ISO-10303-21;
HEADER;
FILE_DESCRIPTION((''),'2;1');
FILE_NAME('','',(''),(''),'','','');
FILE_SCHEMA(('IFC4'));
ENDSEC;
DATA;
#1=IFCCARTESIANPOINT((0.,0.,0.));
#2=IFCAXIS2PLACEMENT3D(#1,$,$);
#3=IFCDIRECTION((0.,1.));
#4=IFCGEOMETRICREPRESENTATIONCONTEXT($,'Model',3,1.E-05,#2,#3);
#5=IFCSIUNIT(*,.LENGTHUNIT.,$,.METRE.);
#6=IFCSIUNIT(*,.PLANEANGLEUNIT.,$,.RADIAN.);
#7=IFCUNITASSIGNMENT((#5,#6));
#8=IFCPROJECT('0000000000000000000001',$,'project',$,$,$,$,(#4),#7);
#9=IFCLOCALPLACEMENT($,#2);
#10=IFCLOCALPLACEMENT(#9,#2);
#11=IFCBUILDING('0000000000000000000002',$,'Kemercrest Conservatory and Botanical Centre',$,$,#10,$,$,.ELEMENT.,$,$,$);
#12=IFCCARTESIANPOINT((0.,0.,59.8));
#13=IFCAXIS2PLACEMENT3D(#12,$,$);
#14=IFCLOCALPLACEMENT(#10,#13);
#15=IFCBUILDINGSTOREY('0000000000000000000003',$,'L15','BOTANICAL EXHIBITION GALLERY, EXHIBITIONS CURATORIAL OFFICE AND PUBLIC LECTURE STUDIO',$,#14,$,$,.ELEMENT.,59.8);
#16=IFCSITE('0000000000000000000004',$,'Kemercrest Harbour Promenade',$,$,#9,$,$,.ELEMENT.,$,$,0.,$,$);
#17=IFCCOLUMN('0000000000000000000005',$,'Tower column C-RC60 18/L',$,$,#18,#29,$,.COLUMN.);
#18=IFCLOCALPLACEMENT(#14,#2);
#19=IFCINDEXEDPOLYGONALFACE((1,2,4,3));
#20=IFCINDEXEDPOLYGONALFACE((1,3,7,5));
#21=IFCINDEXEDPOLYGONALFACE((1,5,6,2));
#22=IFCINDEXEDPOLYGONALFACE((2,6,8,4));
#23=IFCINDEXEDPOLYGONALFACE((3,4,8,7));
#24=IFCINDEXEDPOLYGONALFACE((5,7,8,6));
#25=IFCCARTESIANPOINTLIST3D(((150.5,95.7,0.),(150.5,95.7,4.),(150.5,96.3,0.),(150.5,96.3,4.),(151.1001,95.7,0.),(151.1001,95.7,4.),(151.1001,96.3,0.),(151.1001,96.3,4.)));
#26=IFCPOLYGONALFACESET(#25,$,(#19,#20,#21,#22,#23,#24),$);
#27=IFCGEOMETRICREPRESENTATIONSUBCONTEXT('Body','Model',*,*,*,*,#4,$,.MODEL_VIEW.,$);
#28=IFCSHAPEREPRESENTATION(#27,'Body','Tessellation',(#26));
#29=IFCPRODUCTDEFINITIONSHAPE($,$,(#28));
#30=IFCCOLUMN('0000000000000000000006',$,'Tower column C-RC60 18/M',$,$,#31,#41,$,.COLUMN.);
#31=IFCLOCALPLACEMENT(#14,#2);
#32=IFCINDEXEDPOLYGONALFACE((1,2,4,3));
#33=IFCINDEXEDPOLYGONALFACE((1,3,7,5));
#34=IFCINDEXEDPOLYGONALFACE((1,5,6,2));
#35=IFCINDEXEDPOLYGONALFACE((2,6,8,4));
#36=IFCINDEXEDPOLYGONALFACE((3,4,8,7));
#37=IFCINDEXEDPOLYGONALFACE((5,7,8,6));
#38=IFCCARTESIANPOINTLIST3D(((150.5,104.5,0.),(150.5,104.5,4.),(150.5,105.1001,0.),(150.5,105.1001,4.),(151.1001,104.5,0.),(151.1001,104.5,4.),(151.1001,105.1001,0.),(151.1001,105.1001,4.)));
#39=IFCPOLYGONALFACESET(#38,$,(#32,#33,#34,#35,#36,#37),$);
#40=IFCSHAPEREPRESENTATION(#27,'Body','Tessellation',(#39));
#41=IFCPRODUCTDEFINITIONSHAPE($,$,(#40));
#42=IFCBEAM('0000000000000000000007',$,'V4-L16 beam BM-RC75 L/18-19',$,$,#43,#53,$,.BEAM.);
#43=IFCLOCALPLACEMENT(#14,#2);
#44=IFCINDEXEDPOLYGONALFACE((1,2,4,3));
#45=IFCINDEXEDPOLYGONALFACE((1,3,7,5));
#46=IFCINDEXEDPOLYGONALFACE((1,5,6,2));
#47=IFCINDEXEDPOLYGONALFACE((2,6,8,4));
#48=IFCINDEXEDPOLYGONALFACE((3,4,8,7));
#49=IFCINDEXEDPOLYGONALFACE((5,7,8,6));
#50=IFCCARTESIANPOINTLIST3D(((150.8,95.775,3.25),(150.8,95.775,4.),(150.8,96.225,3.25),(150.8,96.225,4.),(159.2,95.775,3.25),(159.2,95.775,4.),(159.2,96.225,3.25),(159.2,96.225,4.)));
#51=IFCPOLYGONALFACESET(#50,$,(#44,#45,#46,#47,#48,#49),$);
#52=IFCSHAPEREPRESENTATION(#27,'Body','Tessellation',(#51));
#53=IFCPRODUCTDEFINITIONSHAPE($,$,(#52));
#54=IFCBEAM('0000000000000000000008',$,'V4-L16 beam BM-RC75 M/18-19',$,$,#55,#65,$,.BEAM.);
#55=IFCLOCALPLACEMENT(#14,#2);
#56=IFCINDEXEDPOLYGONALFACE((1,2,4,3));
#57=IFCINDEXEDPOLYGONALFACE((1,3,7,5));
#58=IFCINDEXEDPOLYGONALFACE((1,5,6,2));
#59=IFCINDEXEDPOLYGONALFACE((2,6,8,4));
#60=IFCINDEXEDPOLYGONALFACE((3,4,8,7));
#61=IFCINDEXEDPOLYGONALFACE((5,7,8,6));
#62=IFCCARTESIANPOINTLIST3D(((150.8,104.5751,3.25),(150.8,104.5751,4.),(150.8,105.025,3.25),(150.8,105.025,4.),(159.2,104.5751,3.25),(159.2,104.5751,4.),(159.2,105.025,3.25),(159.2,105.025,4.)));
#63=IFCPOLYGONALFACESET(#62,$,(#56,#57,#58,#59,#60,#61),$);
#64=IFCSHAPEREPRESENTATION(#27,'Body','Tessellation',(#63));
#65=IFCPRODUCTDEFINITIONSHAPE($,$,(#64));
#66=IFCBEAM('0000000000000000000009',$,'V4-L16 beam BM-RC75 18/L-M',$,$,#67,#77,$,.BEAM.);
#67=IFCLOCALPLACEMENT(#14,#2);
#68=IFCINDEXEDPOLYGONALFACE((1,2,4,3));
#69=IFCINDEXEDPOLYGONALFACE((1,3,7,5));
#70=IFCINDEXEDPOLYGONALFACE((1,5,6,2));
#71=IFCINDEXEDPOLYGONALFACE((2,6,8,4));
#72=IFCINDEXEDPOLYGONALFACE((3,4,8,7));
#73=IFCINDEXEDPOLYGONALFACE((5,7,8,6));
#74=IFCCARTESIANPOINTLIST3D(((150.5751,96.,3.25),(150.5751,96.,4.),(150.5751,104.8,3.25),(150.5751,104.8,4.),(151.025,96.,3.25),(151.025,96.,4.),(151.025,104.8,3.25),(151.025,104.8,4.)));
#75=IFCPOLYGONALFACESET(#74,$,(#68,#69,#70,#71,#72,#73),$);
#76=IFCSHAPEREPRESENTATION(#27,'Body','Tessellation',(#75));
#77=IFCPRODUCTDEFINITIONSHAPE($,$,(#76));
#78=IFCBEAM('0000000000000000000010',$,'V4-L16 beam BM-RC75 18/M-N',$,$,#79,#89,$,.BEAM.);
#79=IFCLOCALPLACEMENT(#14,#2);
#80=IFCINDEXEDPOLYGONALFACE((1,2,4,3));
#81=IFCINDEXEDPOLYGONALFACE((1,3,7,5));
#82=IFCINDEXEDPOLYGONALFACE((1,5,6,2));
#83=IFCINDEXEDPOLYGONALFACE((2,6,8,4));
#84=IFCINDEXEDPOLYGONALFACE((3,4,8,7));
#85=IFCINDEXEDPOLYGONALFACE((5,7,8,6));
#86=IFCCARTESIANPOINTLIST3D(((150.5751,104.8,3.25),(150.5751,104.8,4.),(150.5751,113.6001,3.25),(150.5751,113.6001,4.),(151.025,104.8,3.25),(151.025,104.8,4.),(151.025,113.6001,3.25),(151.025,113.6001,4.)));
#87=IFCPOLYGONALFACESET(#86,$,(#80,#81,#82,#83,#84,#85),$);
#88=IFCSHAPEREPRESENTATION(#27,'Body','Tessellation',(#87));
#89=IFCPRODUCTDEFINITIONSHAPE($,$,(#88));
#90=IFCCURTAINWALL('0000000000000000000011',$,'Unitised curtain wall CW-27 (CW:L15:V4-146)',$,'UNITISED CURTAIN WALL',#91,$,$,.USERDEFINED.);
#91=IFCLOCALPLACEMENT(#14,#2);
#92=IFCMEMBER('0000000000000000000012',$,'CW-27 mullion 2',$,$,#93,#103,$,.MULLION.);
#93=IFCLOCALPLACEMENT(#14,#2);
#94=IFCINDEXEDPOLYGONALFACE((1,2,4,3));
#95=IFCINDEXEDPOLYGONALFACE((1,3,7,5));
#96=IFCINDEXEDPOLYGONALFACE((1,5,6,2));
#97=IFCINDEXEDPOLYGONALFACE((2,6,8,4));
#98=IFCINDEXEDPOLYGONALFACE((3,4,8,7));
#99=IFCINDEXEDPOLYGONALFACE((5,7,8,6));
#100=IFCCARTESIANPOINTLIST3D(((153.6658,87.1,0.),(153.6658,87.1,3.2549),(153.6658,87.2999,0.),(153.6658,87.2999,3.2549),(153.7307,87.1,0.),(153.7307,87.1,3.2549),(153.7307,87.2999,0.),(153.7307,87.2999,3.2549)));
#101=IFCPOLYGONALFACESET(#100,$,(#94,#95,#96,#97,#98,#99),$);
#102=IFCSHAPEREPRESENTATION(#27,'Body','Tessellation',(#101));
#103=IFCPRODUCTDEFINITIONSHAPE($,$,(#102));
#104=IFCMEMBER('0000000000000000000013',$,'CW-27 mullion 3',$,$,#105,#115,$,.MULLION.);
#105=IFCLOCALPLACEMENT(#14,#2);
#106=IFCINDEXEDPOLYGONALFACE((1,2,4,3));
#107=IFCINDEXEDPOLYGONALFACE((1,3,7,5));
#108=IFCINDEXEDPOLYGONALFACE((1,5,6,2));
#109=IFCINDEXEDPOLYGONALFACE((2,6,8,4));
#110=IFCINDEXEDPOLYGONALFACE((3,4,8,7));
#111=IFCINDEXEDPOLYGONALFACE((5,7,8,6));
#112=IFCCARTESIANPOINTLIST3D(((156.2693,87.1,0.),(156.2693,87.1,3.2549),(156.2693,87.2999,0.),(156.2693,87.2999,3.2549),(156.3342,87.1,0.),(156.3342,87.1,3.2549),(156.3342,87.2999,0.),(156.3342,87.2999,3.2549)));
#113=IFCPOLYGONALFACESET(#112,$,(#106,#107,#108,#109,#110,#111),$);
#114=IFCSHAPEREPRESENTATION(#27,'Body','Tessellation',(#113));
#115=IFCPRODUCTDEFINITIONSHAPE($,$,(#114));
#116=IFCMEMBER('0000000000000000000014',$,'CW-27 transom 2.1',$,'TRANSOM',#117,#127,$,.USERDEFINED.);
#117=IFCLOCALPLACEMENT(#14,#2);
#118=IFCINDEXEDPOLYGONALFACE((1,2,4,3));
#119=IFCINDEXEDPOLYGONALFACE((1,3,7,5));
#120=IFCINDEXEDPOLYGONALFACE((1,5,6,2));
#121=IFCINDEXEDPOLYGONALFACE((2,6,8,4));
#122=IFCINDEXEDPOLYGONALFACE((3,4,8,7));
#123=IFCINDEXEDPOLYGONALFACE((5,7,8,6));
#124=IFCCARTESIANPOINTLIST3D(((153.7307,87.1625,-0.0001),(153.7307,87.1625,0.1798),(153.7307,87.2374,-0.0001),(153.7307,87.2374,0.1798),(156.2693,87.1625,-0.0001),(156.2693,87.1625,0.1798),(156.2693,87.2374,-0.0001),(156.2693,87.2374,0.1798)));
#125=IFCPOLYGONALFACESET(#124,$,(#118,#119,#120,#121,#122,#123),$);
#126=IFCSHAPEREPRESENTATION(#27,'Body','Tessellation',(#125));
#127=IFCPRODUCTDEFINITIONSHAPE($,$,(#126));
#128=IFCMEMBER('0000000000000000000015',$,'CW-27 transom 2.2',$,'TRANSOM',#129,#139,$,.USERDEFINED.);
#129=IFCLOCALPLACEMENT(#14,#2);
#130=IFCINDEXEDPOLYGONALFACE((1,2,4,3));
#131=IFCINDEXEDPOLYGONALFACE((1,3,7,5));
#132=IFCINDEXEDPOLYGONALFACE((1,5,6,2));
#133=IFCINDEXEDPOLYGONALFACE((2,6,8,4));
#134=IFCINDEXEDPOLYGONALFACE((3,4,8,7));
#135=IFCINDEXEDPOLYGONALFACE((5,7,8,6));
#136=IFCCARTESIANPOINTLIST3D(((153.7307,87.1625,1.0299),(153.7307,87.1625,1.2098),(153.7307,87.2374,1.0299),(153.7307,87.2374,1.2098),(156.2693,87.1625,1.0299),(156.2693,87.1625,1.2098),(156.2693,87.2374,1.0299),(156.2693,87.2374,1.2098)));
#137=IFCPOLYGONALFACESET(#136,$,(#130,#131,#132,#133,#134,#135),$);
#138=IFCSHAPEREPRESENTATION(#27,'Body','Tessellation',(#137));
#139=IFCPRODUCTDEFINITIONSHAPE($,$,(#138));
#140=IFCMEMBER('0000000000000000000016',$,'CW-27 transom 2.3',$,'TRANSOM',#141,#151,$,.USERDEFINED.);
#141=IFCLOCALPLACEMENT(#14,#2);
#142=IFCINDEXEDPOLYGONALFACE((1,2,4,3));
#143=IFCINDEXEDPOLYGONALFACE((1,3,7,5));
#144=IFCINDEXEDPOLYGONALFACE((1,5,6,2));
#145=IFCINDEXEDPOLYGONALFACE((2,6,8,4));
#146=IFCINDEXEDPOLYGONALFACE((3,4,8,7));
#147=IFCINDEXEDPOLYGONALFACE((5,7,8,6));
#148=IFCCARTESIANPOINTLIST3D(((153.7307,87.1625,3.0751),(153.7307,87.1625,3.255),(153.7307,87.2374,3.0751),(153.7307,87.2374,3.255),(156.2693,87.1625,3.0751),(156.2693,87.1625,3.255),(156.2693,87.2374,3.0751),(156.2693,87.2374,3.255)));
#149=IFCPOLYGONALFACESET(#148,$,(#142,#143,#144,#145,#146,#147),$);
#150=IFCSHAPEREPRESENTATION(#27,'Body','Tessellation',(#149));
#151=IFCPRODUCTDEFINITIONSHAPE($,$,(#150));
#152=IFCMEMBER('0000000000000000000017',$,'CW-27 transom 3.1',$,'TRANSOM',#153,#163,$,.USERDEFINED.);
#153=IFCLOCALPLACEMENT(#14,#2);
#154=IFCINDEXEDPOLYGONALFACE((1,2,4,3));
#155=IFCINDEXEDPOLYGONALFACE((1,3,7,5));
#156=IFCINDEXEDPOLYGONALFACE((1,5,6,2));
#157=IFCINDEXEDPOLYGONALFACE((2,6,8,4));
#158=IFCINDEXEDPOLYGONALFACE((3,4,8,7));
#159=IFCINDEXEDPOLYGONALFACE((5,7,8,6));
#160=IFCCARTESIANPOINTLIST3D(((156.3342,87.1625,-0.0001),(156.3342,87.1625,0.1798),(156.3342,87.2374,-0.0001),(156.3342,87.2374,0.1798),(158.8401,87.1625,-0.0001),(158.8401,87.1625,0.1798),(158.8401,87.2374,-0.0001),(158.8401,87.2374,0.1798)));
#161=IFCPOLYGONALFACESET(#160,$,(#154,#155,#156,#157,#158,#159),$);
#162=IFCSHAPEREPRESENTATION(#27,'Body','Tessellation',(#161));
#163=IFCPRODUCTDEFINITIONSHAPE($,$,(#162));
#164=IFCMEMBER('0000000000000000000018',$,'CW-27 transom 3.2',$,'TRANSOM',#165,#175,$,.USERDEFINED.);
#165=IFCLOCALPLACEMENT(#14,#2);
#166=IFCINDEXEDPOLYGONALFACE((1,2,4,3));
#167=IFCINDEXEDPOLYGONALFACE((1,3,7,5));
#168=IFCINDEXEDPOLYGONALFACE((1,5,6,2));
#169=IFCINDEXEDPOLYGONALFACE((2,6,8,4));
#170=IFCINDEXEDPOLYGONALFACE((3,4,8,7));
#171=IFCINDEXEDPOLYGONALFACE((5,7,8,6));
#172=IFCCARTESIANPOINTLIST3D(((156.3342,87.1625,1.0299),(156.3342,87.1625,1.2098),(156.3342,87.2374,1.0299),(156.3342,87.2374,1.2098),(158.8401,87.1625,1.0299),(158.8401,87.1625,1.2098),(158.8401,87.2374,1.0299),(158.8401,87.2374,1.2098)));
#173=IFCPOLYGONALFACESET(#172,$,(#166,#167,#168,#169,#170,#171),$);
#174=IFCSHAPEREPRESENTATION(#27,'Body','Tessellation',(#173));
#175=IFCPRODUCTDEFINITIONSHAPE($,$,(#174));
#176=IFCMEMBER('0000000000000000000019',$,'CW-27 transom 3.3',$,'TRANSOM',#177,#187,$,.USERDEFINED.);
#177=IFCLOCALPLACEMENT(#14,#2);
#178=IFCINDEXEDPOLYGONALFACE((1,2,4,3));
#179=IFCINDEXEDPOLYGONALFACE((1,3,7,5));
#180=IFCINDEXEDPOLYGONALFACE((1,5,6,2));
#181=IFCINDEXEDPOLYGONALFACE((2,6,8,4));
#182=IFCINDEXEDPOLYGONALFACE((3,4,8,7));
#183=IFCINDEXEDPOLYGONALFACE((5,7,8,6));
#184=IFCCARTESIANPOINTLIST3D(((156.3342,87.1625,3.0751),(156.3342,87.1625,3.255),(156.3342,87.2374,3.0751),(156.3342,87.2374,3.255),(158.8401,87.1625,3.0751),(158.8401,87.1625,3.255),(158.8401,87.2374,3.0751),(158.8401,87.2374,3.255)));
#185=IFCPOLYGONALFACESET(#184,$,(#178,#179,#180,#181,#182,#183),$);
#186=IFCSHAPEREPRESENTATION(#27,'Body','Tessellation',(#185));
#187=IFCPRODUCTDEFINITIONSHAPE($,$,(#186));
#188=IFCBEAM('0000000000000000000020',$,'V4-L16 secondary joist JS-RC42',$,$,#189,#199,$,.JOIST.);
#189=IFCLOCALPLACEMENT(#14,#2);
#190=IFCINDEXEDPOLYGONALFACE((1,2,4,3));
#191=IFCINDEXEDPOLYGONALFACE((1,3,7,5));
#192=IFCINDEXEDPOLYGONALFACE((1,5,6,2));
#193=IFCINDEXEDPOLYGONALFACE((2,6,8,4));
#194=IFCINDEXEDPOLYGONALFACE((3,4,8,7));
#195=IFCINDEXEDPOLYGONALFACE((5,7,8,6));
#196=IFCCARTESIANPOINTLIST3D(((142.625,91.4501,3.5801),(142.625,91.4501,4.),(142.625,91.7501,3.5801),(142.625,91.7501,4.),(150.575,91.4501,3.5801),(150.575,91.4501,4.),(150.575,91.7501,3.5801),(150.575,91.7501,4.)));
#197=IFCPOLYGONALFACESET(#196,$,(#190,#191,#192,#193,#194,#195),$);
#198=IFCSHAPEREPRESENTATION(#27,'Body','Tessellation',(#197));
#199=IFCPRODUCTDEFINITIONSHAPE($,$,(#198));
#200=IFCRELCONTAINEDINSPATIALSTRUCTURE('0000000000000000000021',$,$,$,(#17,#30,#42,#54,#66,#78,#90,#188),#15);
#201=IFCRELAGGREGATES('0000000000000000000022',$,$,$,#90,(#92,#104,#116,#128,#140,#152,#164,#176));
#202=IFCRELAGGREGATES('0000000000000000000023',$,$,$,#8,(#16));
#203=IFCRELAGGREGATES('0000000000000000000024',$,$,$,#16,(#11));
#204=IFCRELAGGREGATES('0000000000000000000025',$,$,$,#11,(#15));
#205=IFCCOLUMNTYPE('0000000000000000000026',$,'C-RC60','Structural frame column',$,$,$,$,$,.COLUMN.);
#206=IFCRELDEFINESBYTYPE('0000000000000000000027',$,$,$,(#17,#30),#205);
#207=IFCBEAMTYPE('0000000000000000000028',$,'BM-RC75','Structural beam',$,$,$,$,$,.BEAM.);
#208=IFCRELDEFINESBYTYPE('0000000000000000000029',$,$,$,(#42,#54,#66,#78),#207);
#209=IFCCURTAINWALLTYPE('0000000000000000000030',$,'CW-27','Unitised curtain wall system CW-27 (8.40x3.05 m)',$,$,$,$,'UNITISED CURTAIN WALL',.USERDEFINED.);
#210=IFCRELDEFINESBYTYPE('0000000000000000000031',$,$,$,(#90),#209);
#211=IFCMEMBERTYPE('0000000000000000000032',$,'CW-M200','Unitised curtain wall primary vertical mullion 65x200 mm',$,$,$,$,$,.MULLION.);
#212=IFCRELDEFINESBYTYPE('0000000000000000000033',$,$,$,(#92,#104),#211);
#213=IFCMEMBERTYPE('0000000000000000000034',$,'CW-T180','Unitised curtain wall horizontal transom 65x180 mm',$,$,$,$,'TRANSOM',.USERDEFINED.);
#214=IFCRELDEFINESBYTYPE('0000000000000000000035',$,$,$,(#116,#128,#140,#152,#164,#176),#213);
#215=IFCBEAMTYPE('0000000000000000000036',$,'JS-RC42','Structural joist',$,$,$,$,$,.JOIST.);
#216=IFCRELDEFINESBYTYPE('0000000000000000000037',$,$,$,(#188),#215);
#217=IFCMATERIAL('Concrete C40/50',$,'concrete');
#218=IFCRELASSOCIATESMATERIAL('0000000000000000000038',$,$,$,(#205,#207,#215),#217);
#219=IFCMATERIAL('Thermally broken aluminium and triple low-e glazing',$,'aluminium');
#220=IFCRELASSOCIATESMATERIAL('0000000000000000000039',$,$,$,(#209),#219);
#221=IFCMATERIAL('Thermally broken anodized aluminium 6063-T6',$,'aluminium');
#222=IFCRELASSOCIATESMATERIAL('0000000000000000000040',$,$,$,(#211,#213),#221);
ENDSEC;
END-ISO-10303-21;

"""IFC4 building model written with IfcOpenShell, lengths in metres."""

from ifc_helpers import new_model, si_unit, direction, frame, origin, origin_2d, place, context, subcontext, project, spatial, rectangle, extrude, material, material_profile, profile_set, type_object, element, aggregate, save


model = new_model("IFC4")

# Units and contexts
model_context = context("Model", 3, precision=1e-05, world=origin(), true_north=direction((0.0, 1.0)))
body_context = subcontext(model_context, "Body", "Model", "MODEL_VIEW")
ifc_project = project(units=[si_unit("LENGTHUNIT", "METRE"), si_unit("PLANEANGLEUNIT", "RADIAN")], contexts=[model_context])

# Site, building, storey
site_placement = place(None, origin())
site = spatial("IfcSite", under=ifc_project, at=site_placement, Name="Kemercrest Harbour Promenade", CompositionType="ELEMENT", RefElevation=0.0)
building_placement = place(site_placement, origin())
building = spatial("IfcBuilding", under=site, at=building_placement, Name="Kemercrest Conservatory and Botanical Centre", CompositionType="ELEMENT")
storey_placement = place(building_placement, frame((0.0, 0.0, 59.8)))
storey = spatial("IfcBuildingStorey", under=building, at=storey_placement, Name="L15", Description="BOTANICAL EXHIBITION GALLERY, EXHIBITIONS CURATORIAL OFFICE AND PUBLIC LECTURE STUDIO", CompositionType="ELEMENT", Elevation=59.8)

# Columns
ifc_material_1 = material(Name="Concrete C40/50", Category="concrete")
ifc_material_profile_1 = material_profile(ifc_material_1, rectangle(XDim=0.6001, YDim=0.6001, at=origin_2d()), Name="RC 600x600")
ifc_profile_set_1 = profile_set([ifc_material_profile_1], Name="Concrete C40/50")
column_type = type_object("IfcColumnType", Name="C-RC60", Description="Structural frame column", PredefinedType="COLUMN", material=ifc_profile_set_1)
for number, where, z_axis, x_axis, name in (
    (1, (150.8, 96.0, 0.0), (0.0, 0.0, 1.0), (1.0, 0.0, 0.0), "Tower column C-RC60 18/L"),
    (2, (150.8, 104.8, 0.0), (0.0, 0.0, 1.0), (1.0, 0.0, 0.0), "Tower column C-RC60 18/M"),
):
    element("IfcColumn", number, at=place(storey_placement, frame(where, z_axis=z_axis, x_axis=x_axis)), inside=storey, type_object=column_type, Name=name, PredefinedType="COLUMN", context=body_context, shape_type="SweptSolid", body=[
        extrude(rectangle(XDim=0.6001, YDim=0.6001, at=origin_2d()), origin(), (0.0, 0.0, 1.0), 4.0),
    ])

# Beams
ifc_material_profile_2 = material_profile(ifc_material_1, rectangle(XDim=0.45, YDim=0.75, at=origin_2d()), Name="RC 450x750")
ifc_profile_set_2 = profile_set([ifc_material_profile_2], Name="Concrete C40/50")
beam_type_1 = type_object("IfcBeamType", Name="BM-RC75", Description="Structural beam", PredefinedType="BEAM", material=ifc_profile_set_2)
for number, where, z_axis, x_axis, name in (
    (3, (150.8, 96.0, 3.625), (1.0, 0.0, 0.0), (0.0, 1.0, 0.0), "V4-L16 beam BM-RC75 L/18-19"),
    (4, (150.8, 104.8, 3.625), (1.0, 0.0, 0.0), (0.0, 1.0, 0.0), "V4-L16 beam BM-RC75 M/18-19"),
):
    element("IfcBeam", number, at=place(storey_placement, frame(where, z_axis=z_axis, x_axis=x_axis)), inside=storey, type_object=beam_type_1, Name=name, PredefinedType="BEAM", context=body_context, shape_type="SweptSolid", body=[
        extrude(rectangle(XDim=0.45, YDim=0.75, at=origin_2d()), origin(), (0.0, 0.0, 1.0), 8.3999),
    ])
for number, where, z_axis, x_axis, name in (
    (5, (150.8, 96.0, 3.625), (0.0, 1.0, 0.0), (-1.0, 0.0, 0.0), "V4-L16 beam BM-RC75 18/L-M"),
    (6, (150.8, 104.8, 3.625), (0.0, 1.0, 0.0), (-1.0, 0.0, 0.0), "V4-L16 beam BM-RC75 18/M-N"),
):
    element("IfcBeam", number, at=place(storey_placement, frame(where, z_axis=z_axis, x_axis=x_axis)), inside=storey, type_object=beam_type_1, Name=name, PredefinedType="BEAM", context=body_context, shape_type="SweptSolid", body=[
        extrude(rectangle(XDim=0.45, YDim=0.75, at=origin_2d()), origin(), (0.0, 0.0, 1.0), 8.8),
    ])

# Curtain wall, members
ifc_material_2 = material(Name="Thermally broken aluminium and triple low-e glazing", Category="aluminium")
curtain_wall_type = type_object("IfcCurtainWallType", Name="CW-27", Description="Unitised curtain wall system CW-27 (8.40x3.05 m)", ElementType="UNITISED CURTAIN WALL", PredefinedType="USERDEFINED", material=ifc_material_2)
curtain_wall_placement = place(storey_placement, origin())
curtain_wall = element("IfcCurtainWall", 7, at=curtain_wall_placement, inside=storey, type_object=curtain_wall_type, Name="Unitised curtain wall CW-27 (CW:L15:V4-146)", ObjectType="UNITISED CURTAIN WALL", PredefinedType="USERDEFINED")
ifc_material_3 = material(Name="Thermally broken anodized aluminium 6063-T6", Category="aluminium")
ifc_material_profile_3 = material_profile(ifc_material_3, rectangle(XDim=0.2, YDim=0.0649, at=origin_2d()), Name="AL MULLION 65x200")
ifc_profile_set_3 = profile_set([ifc_material_profile_3], Name="Thermally broken anodized aluminium 6063-T6")
member_type_1 = type_object("IfcMemberType", Name="CW-M200", Description="Unitised curtain wall primary vertical mullion 65x200 mm", PredefinedType="MULLION", material=ifc_profile_set_3)
member_1_placement = place(storey_placement, frame((153.6982, 87.2, 0.0), z_axis=(0.0, 0.0, 1.0), x_axis=(0.0, 1.0, 0.0)))
member_1 = element("IfcMember", 8, at=member_1_placement, type_object=member_type_1, Name="CW-27 mullion 2", PredefinedType="MULLION", context=body_context, shape_type="SweptSolid", body=[
    extrude(rectangle(XDim=0.2, YDim=0.0649, at=origin_2d()), origin(), (0.0, 0.0, 1.0), 3.2549),
])
member_2_placement = place(storey_placement, frame((156.3018, 87.2, 0.0), z_axis=(0.0, 0.0, 1.0), x_axis=(0.0, 1.0, 0.0)))
member_2 = element("IfcMember", 9, at=member_2_placement, type_object=member_type_1, Name="CW-27 mullion 3", PredefinedType="MULLION", context=body_context, shape_type="SweptSolid", body=[
    extrude(rectangle(XDim=0.2, YDim=0.0649, at=origin_2d()), origin(), (0.0, 0.0, 1.0), 3.2549),
])
ifc_material_profile_4 = material_profile(ifc_material_3, rectangle(XDim=0.075, YDim=0.1799, at=origin_2d()), Name="AL TRANSOM 75x180")
ifc_profile_set_4 = profile_set([ifc_material_profile_4], Name="Thermally broken anodized aluminium 6063-T6")
member_type_2 = type_object("IfcMemberType", Name="CW-T180", Description="Unitised curtain wall horizontal transom 65x180 mm", ElementType="TRANSOM", PredefinedType="USERDEFINED", material=ifc_profile_set_4)
member_3_placement = place(storey_placement, frame((153.7307, 87.2, 0.0898), z_axis=(1.0, 0.0, 0.0), x_axis=(0.0, 1.0, 0.0)))
member_3 = element("IfcMember", 10, at=member_3_placement, type_object=member_type_2, Name="CW-27 transom 2.1", ObjectType="TRANSOM", PredefinedType="USERDEFINED", context=body_context, shape_type="SweptSolid", body=[
    extrude(rectangle(XDim=0.075, YDim=0.1799, at=origin_2d()), origin(), (0.0, 0.0, 1.0), 2.5386),
])
member_4_placement = place(storey_placement, frame((153.7307, 87.2, 1.1199), z_axis=(1.0, 0.0, 0.0), x_axis=(0.0, 1.0, 0.0)))
member_4 = element("IfcMember", 11, at=member_4_placement, type_object=member_type_2, Name="CW-27 transom 2.2", ObjectType="TRANSOM", PredefinedType="USERDEFINED", context=body_context, shape_type="SweptSolid", body=[
    extrude(rectangle(XDim=0.075, YDim=0.1799, at=origin_2d()), origin(), (0.0, 0.0, 1.0), 2.5386),
])
member_5_placement = place(storey_placement, frame((153.7307, 87.2, 3.165), z_axis=(1.0, 0.0, 0.0), x_axis=(0.0, 1.0, 0.0)))
member_5 = element("IfcMember", 12, at=member_5_placement, type_object=member_type_2, Name="CW-27 transom 2.3", ObjectType="TRANSOM", PredefinedType="USERDEFINED", context=body_context, shape_type="SweptSolid", body=[
    extrude(rectangle(XDim=0.075, YDim=0.1799, at=origin_2d()), origin(), (0.0, 0.0, 1.0), 2.5386),
])
member_6_placement = place(storey_placement, frame((156.3342, 87.2, 0.0898), z_axis=(1.0, 0.0, 0.0), x_axis=(0.0, 1.0, 0.0)))
member_6 = element("IfcMember", 13, at=member_6_placement, type_object=member_type_2, Name="CW-27 transom 3.1", ObjectType="TRANSOM", PredefinedType="USERDEFINED", context=body_context, shape_type="SweptSolid", body=[
    extrude(rectangle(XDim=0.075, YDim=0.1799, at=origin_2d()), origin(), (0.0, 0.0, 1.0), 2.5059),
])
member_7_placement = place(storey_placement, frame((156.3342, 87.2, 1.1199), z_axis=(1.0, 0.0, 0.0), x_axis=(0.0, 1.0, 0.0)))
member_7 = element("IfcMember", 14, at=member_7_placement, type_object=member_type_2, Name="CW-27 transom 3.2", ObjectType="TRANSOM", PredefinedType="USERDEFINED", context=body_context, shape_type="SweptSolid", body=[
    extrude(rectangle(XDim=0.075, YDim=0.1799, at=origin_2d()), origin(), (0.0, 0.0, 1.0), 2.5059),
])
member_8_placement = place(storey_placement, frame((156.3342, 87.2, 3.165), z_axis=(1.0, 0.0, 0.0), x_axis=(0.0, 1.0, 0.0)))
member_8 = element("IfcMember", 15, at=member_8_placement, type_object=member_type_2, Name="CW-27 transom 3.3", ObjectType="TRANSOM", PredefinedType="USERDEFINED", context=body_context, shape_type="SweptSolid", body=[
    extrude(rectangle(XDim=0.075, YDim=0.1799, at=origin_2d()), origin(), (0.0, 0.0, 1.0), 2.5059),
])

# Beam
ifc_material_profile_5 = material_profile(ifc_material_1, rectangle(XDim=0.3, YDim=0.4199, at=origin_2d()), Name="RC 300x420")
ifc_profile_set_5 = profile_set([ifc_material_profile_5], Name="Concrete C40/50")
beam_type_2 = type_object("IfcBeamType", Name="JS-RC42", Description="Structural joist", PredefinedType="JOIST", material=ifc_profile_set_5)
beam_1_placement = place(storey_placement, frame((142.625, 91.6001, 3.79), z_axis=(1.0, 0.0, 0.0), x_axis=(0.0, 1.0, 0.0)))
element("IfcBeam", 16, at=beam_1_placement, inside=storey, type_object=beam_type_2, Name="V4-L16 secondary joist JS-RC42", PredefinedType="JOIST", context=body_context, shape_type="SweptSolid", body=[
    extrude(rectangle(XDim=0.3, YDim=0.4199, at=origin_2d()), origin(), (0.0, 0.0, 1.0), 7.95),
])

aggregate(curtain_wall, [member_1, member_2, member_3, member_4, member_5, member_6, member_7, member_8])

save(model, "model.ifc")
